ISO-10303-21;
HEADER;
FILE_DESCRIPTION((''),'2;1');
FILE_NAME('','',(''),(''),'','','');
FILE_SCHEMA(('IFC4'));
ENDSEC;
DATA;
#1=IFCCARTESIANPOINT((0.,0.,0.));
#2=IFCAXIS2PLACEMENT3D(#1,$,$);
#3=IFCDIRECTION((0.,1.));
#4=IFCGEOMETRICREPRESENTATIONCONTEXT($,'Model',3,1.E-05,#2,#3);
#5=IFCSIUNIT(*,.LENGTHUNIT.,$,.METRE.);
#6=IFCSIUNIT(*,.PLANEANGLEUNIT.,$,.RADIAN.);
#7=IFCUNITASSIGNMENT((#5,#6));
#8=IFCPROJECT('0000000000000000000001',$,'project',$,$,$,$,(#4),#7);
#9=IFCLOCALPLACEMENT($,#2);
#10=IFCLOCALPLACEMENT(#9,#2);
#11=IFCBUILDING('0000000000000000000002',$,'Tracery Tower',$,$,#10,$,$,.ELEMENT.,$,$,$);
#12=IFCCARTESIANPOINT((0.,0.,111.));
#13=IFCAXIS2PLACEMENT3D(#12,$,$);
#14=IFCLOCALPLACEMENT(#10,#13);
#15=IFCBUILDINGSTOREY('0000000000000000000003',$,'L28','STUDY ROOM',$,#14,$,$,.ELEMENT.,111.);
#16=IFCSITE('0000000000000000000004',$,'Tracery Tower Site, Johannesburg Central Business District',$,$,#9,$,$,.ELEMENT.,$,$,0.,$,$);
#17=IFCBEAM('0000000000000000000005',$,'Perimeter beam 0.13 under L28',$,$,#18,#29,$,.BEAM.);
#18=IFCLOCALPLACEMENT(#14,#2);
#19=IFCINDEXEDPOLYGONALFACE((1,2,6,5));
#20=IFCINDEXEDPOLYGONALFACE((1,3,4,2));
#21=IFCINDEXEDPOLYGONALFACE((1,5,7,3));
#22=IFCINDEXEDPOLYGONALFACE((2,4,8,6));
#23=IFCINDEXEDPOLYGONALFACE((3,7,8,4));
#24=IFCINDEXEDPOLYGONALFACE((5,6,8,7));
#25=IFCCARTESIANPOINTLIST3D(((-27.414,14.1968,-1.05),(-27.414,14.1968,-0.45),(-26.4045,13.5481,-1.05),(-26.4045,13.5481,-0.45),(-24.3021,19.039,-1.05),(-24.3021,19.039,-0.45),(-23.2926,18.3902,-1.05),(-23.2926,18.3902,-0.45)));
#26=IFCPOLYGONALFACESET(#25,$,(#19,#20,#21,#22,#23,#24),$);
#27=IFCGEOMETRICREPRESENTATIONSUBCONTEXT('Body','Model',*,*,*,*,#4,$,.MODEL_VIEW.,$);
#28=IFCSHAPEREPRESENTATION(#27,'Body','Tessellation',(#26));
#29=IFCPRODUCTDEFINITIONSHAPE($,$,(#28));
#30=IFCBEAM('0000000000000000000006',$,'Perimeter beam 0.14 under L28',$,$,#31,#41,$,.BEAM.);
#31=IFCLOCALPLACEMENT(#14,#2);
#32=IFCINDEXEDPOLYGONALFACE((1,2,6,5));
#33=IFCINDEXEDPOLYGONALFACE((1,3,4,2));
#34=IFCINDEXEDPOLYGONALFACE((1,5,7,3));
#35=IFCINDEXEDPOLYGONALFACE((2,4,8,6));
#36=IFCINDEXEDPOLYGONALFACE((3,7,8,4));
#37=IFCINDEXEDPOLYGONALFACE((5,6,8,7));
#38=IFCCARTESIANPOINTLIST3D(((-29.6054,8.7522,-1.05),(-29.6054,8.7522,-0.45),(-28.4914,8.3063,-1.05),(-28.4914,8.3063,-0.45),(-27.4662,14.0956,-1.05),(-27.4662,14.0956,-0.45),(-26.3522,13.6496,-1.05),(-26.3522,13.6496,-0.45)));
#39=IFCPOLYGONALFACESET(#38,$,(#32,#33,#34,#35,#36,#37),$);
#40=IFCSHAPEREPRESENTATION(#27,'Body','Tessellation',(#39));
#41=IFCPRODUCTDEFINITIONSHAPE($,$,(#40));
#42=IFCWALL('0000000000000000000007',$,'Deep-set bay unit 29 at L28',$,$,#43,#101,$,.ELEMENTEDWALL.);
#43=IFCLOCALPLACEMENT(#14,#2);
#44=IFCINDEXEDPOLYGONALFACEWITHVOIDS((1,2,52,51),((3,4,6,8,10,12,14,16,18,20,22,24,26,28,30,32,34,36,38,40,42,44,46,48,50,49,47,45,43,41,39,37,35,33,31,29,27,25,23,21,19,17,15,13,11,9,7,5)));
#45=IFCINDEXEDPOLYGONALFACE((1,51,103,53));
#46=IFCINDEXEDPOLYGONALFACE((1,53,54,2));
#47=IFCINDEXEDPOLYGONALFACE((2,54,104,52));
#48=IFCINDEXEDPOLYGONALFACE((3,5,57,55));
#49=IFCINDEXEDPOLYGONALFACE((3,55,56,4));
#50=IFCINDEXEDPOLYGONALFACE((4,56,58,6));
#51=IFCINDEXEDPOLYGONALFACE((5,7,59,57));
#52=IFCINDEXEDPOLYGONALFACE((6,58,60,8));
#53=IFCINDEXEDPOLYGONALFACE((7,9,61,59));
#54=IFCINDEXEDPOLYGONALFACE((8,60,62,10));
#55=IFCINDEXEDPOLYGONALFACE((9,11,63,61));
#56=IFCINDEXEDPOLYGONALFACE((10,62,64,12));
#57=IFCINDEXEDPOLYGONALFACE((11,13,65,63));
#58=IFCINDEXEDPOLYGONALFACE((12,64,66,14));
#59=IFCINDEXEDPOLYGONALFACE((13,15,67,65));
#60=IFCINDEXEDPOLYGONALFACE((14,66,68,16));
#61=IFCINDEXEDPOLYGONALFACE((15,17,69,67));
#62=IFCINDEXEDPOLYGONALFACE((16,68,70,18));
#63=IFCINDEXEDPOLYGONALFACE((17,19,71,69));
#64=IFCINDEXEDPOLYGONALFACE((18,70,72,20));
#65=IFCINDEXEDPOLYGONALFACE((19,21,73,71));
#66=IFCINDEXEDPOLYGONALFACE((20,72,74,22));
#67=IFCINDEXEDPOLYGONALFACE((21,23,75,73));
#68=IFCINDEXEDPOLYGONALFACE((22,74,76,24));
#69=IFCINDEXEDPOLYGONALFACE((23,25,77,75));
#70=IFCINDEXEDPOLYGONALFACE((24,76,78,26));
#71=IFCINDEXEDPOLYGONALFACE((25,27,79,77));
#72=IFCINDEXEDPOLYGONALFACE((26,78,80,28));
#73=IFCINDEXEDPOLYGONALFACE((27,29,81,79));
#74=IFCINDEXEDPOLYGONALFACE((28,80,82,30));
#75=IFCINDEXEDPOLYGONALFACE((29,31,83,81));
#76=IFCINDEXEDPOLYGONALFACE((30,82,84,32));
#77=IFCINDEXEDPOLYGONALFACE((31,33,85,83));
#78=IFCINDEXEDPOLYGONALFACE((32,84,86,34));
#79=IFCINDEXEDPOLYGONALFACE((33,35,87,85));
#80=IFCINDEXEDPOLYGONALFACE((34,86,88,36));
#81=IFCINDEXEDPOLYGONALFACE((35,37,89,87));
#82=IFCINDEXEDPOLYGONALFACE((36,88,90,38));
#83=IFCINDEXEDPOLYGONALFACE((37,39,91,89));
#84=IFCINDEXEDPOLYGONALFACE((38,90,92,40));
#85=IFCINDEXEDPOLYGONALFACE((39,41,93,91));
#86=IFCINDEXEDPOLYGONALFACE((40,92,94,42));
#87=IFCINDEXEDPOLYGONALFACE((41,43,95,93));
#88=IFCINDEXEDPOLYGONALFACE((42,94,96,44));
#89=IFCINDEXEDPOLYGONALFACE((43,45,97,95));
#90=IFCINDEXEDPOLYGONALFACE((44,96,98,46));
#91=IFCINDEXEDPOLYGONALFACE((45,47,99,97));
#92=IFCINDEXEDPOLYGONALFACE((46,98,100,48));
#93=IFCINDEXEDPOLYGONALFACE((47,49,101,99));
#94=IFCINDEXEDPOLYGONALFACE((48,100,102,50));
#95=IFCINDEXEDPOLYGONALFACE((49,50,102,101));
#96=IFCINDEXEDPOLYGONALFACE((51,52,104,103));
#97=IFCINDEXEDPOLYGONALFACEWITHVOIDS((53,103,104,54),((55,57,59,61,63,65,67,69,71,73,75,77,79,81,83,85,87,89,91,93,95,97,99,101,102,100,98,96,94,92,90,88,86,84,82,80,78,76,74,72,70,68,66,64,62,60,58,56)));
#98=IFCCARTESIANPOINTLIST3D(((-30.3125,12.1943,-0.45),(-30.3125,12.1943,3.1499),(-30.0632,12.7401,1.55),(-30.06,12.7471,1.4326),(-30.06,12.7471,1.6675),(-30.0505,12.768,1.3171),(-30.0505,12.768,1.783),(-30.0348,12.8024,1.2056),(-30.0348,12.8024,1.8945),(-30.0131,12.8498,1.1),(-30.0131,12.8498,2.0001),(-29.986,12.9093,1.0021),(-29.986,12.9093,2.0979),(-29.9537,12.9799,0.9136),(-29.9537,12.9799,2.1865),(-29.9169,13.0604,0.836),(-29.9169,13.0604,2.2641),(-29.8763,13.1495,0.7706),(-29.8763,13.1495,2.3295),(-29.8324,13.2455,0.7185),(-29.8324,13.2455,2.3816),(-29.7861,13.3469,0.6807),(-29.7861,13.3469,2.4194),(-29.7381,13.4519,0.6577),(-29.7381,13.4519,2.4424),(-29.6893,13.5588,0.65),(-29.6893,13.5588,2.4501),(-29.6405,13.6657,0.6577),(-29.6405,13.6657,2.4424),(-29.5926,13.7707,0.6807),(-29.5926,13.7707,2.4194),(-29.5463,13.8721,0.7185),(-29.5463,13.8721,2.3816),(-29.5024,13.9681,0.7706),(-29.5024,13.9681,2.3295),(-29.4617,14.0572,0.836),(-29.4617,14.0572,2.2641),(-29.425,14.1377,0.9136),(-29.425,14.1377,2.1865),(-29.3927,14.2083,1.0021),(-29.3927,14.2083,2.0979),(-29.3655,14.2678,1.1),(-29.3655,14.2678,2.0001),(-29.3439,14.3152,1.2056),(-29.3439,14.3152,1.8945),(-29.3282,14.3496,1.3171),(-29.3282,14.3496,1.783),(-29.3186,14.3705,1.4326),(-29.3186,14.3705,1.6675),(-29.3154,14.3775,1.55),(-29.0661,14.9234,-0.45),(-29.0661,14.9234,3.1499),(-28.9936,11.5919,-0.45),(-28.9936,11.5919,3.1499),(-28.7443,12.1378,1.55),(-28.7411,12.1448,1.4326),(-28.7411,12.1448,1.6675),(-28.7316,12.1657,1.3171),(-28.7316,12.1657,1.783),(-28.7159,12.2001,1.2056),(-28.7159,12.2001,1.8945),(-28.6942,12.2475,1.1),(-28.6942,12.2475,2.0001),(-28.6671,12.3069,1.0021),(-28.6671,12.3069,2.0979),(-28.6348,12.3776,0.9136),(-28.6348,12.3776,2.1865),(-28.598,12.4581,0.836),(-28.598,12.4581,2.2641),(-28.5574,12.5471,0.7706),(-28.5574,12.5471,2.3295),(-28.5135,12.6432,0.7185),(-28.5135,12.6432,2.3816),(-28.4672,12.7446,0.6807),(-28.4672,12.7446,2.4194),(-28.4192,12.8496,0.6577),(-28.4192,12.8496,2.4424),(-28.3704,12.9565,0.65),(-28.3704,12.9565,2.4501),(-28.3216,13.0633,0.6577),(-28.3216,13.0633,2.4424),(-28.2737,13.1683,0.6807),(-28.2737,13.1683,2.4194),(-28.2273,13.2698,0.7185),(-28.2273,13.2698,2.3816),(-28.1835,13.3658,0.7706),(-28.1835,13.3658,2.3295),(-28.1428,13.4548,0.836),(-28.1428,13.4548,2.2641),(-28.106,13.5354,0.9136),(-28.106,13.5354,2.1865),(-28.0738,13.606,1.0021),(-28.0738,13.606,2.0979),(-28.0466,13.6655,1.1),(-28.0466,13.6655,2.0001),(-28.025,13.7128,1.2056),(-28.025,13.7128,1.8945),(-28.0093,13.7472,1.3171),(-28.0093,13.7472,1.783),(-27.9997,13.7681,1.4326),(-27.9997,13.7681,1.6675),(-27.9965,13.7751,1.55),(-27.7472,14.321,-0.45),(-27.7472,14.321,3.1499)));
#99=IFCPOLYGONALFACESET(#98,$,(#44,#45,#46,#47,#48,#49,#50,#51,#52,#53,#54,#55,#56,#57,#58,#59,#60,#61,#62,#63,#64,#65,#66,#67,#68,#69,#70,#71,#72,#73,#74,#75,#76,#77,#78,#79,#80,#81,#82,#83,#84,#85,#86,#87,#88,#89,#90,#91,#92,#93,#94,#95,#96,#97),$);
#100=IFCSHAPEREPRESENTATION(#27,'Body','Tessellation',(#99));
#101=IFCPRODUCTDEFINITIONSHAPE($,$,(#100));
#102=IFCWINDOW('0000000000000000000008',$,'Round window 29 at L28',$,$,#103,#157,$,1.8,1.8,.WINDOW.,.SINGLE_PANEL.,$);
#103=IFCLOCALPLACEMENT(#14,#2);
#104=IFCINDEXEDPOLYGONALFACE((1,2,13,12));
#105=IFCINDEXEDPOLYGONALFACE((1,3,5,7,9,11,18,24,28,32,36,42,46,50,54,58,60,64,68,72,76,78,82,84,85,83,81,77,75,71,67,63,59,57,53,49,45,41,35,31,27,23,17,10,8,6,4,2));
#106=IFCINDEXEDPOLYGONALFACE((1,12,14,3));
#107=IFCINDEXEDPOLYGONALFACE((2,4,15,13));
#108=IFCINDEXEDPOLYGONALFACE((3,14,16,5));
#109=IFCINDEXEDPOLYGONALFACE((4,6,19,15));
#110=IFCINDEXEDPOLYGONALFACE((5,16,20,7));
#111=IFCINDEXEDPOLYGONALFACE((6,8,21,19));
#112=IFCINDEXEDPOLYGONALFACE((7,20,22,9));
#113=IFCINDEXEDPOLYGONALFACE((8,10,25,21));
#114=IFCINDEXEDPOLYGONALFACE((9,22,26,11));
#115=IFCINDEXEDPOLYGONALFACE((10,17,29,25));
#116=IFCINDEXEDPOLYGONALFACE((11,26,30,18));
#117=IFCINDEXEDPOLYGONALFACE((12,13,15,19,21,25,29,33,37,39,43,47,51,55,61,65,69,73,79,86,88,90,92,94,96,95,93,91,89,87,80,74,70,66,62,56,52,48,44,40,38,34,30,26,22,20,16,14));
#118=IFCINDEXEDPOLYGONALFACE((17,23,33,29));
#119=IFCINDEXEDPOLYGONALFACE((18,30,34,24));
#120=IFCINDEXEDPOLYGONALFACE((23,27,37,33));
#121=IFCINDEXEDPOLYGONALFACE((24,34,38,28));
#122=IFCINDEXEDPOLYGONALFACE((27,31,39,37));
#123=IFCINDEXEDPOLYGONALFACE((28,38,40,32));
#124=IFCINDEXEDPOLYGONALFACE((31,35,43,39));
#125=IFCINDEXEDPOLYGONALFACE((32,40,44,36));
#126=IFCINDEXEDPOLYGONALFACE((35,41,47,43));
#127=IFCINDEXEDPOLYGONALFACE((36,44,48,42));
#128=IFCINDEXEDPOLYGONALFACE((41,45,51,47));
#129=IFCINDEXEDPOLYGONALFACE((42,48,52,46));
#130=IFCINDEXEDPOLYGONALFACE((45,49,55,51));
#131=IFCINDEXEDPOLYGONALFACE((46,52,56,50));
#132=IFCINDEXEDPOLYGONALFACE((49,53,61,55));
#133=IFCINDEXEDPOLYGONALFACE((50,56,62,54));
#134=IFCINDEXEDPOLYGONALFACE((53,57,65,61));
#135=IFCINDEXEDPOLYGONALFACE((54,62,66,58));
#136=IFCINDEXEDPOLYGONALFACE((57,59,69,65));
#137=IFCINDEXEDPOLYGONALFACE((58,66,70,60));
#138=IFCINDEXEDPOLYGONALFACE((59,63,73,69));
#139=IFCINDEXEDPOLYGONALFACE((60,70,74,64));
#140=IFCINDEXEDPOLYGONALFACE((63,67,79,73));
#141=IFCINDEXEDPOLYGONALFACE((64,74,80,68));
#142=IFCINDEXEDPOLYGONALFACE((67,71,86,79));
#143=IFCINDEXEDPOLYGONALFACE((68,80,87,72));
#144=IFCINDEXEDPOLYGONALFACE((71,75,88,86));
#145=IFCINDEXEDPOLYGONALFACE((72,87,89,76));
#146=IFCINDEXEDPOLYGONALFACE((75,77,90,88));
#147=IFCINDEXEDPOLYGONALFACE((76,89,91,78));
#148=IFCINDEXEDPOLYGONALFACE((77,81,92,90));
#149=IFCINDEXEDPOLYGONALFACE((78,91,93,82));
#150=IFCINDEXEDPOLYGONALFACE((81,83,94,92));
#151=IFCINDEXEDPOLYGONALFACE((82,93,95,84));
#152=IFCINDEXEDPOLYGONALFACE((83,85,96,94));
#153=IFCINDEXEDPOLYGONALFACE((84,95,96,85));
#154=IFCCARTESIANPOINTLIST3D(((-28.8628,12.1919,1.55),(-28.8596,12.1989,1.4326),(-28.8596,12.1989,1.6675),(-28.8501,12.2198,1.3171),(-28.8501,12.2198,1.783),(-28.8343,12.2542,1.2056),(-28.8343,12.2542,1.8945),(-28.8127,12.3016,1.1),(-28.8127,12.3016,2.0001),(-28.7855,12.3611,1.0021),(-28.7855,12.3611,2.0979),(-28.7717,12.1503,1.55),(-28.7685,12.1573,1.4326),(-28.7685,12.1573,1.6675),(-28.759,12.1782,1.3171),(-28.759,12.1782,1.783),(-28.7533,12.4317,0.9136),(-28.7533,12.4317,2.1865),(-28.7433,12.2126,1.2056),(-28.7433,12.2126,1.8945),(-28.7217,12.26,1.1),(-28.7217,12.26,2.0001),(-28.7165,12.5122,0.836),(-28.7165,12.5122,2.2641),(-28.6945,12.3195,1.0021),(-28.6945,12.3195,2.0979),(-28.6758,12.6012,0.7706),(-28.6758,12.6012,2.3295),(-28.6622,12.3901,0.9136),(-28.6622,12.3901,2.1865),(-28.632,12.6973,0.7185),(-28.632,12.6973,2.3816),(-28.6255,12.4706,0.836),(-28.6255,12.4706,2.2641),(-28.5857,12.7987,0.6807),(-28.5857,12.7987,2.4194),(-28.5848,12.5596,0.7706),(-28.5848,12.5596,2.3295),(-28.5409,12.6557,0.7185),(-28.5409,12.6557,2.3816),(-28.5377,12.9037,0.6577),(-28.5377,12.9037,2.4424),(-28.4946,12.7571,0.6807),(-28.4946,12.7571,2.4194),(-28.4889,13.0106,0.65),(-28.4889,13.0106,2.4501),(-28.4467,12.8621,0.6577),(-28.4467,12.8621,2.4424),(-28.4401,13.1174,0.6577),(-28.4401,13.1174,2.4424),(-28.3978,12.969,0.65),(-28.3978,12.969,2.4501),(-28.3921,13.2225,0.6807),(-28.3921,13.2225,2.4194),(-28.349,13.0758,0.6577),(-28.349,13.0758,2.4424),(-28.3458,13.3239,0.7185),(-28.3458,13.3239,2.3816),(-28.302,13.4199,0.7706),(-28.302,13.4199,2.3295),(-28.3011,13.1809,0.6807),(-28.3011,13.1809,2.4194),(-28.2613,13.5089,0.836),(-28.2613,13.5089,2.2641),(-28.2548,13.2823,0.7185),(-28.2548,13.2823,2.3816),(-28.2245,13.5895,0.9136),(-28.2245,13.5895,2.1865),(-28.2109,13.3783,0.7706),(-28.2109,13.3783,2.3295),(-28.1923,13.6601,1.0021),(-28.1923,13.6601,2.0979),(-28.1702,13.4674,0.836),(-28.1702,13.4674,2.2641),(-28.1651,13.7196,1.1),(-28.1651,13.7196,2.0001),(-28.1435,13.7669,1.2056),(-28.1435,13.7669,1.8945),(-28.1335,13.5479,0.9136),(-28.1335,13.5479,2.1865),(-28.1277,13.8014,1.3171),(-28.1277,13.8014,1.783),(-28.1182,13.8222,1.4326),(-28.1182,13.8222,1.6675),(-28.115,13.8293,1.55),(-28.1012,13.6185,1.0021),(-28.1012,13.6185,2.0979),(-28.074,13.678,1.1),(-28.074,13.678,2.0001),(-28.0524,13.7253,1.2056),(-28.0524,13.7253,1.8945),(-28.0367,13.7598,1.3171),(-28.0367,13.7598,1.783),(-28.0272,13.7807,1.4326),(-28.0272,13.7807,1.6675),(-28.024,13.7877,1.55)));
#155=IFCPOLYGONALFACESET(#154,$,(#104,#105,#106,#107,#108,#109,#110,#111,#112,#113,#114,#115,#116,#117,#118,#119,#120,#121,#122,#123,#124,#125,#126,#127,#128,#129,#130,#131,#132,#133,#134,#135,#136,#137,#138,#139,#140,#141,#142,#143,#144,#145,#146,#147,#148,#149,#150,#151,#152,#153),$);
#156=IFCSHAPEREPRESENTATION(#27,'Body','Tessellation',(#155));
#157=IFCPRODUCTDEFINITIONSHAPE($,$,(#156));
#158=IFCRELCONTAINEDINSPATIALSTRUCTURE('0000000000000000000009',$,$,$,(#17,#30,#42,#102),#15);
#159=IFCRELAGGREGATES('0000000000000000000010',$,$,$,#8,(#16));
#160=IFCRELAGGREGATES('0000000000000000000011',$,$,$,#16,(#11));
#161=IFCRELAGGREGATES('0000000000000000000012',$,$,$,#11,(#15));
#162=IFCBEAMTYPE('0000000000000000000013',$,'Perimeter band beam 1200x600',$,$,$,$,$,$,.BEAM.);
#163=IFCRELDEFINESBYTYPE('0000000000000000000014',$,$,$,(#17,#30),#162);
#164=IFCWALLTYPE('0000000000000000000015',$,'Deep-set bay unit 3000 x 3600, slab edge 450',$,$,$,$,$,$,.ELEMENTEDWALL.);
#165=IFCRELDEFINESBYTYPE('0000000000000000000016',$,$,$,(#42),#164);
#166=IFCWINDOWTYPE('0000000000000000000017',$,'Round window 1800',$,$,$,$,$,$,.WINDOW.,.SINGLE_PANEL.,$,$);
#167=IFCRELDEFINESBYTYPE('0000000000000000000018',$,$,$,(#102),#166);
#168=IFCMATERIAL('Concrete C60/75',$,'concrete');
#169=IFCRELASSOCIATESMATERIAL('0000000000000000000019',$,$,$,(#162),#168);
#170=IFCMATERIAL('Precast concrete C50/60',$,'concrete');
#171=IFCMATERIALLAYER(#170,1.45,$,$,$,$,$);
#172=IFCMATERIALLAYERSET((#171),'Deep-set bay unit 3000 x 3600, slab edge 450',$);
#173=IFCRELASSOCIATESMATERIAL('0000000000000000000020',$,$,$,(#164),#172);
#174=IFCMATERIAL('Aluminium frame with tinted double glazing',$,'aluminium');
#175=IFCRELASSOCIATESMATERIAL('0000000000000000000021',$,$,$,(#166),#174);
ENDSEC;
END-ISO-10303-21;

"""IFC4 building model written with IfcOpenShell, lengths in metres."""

from ifc_helpers import new_model, si_unit, direction, frame, frame_2d, origin, origin_2d, place, context, subcontext, project, spatial, rectangle, circle, extrude, material, layer, layer_set, material_profile, profile_set, type_object, element, fill, save


model = new_model("IFC4")

# Units and contexts
model_context = context("Model", 3, precision=1e-05, world=origin(), true_north=direction((0.0, 1.0)))
body_context = subcontext(model_context, "Body", "Model", "MODEL_VIEW")
ifc_project = project(units=[si_unit("LENGTHUNIT", "METRE"), si_unit("PLANEANGLEUNIT", "RADIAN")], contexts=[model_context])

# Site, building, storey
site_placement = place(None, origin())
site = spatial("IfcSite", under=ifc_project, at=site_placement, Name="Tracery Tower Site, Johannesburg Central Business District", CompositionType="ELEMENT", RefElevation=0.0)
building_placement = place(site_placement, origin())
building = spatial("IfcBuilding", under=site, at=building_placement, Name="Tracery Tower", CompositionType="ELEMENT")
storey_placement = place(building_placement, frame((0.0, 0.0, 111.0)))
storey = spatial("IfcBuildingStorey", under=building, at=storey_placement, Name="L28", Description="STUDY ROOM", CompositionType="ELEMENT", Elevation=111.0)

# Beams
ifc_material_1 = material(Name="Concrete C60/75", Category="concrete")
ifc_material_profile_1 = material_profile(ifc_material_1, rectangle(XDim=1.2, YDim=0.6001, at=origin_2d()), Name="RC 1200x600")
ifc_profile_set_1 = profile_set([ifc_material_profile_1], Name="Concrete C60/75")
beam_type = type_object("IfcBeamType", Name="Perimeter band beam 1200x600", PredefinedType="BEAM", material=ifc_profile_set_1)
beam_1_placement = place(storey_placement, frame((-23.7974, 18.7146, -0.75), z_axis=(-0.540644, -0.841252, 0.0), x_axis=(0.841252, -0.540644, 0.0)))
element("IfcBeam", 1, at=beam_1_placement, inside=storey, type_object=beam_type, Name="Perimeter beam 0.13 under L28", PredefinedType="BEAM", context=body_context, shape_type="SweptSolid", body=[
    extrude(rectangle(XDim=1.2, YDim=0.6001, at=origin_2d()), origin(), (0.0, 0.0, 1.0), 5.7559),
])
beam_2_placement = place(storey_placement, frame((-26.9092, 13.8726, -0.75), z_axis=(-0.371669, -0.928365, 0.0), x_axis=(0.928365, -0.371669, 0.0)))
element("IfcBeam", 2, at=beam_2_placement, inside=storey, type_object=beam_type, Name="Perimeter beam 0.14 under L28", PredefinedType="BEAM", context=body_context, shape_type="SweptSolid", body=[
    extrude(rectangle(XDim=1.2, YDim=0.6001, at=origin_2d()), origin(), (0.0, 0.0, 1.0), 5.7556),
])

# Wall, opening, window
ifc_material_2 = material(Name="Precast concrete C50/60", Category="concrete")
ifc_layer_1 = layer(ifc_material_2, 1.45)
ifc_layer_set_1 = layer_set([ifc_layer_1], Name="Deep-set bay unit 3000 x 3600, slab edge 450")
wall_type_1 = type_object("IfcWallType", Name="Deep-set bay unit 3000 x 3600, slab edge 450", PredefinedType="ELEMENTEDWALL", material=ifc_layer_set_1)
wall_1_placement = place(storey_placement, frame((-28.4067, 14.6221, -0.45), z_axis=(0.0, 0.0, 1.0), x_axis=(-0.415427, -0.909627, 0.0)))
wall_1 = element("IfcWall", 3, at=wall_1_placement, inside=storey, type_object=wall_type_1, Name="Deep-set bay unit 29 at L28", PredefinedType="ELEMENTEDWALL", context=body_context, shape_type="SweptSolid", body=[
    extrude(rectangle(XDim=3.0002, YDim=1.45, at=frame_2d((1.5, 0.0))), origin(), (0.0, 0.0, 1.0), 3.5999),
])
opening_1_placement = place(wall_1_placement, frame((1.5, 0.0, 2.0)))
opening_1 = element("IfcOpeningElement", 4, at=opening_1_placement, cuts=wall_1, PredefinedType="OPENING", context=body_context, shape_type="SweptSolid", body=[
    extrude(circle(Radius=0.9, at=origin_2d()), frame((0.0, 0.7349, 0.0), z_axis=(0.0, -1.0, 0.0), x_axis=(1.0, 0.0, 0.0)), (0.0, 0.0, 1.0), 1.47),
])
ifc_material_3 = material(Name="Aluminium frame with tinted double glazing", Category="aluminium")
window_type = type_object("IfcWindowType", Name="Round window 1800", PartitioningType="SINGLE_PANEL", PredefinedType="WINDOW", material=ifc_material_3)
window_1_placement = place(opening_1_placement, origin())
window_1 = element("IfcWindow", 5, at=window_1_placement, inside=storey, type_object=window_type, Name="Round window 29 at L28", OverallHeight=1.8, OverallWidth=1.8, PartitioningType="SINGLE_PANEL", PredefinedType="WINDOW", context=body_context, shape_type="SweptSolid", body=[
    extrude(circle(Radius=0.9, at=origin_2d()), frame((0.0, 0.6948, 0.0), z_axis=(0.0, -1.0, 0.0), x_axis=(1.0, 0.0, 0.0)), (0.0, 0.0, 1.0), 0.1001),
])
fill(opening_1, window_1)

save(model, "model.ifc")
